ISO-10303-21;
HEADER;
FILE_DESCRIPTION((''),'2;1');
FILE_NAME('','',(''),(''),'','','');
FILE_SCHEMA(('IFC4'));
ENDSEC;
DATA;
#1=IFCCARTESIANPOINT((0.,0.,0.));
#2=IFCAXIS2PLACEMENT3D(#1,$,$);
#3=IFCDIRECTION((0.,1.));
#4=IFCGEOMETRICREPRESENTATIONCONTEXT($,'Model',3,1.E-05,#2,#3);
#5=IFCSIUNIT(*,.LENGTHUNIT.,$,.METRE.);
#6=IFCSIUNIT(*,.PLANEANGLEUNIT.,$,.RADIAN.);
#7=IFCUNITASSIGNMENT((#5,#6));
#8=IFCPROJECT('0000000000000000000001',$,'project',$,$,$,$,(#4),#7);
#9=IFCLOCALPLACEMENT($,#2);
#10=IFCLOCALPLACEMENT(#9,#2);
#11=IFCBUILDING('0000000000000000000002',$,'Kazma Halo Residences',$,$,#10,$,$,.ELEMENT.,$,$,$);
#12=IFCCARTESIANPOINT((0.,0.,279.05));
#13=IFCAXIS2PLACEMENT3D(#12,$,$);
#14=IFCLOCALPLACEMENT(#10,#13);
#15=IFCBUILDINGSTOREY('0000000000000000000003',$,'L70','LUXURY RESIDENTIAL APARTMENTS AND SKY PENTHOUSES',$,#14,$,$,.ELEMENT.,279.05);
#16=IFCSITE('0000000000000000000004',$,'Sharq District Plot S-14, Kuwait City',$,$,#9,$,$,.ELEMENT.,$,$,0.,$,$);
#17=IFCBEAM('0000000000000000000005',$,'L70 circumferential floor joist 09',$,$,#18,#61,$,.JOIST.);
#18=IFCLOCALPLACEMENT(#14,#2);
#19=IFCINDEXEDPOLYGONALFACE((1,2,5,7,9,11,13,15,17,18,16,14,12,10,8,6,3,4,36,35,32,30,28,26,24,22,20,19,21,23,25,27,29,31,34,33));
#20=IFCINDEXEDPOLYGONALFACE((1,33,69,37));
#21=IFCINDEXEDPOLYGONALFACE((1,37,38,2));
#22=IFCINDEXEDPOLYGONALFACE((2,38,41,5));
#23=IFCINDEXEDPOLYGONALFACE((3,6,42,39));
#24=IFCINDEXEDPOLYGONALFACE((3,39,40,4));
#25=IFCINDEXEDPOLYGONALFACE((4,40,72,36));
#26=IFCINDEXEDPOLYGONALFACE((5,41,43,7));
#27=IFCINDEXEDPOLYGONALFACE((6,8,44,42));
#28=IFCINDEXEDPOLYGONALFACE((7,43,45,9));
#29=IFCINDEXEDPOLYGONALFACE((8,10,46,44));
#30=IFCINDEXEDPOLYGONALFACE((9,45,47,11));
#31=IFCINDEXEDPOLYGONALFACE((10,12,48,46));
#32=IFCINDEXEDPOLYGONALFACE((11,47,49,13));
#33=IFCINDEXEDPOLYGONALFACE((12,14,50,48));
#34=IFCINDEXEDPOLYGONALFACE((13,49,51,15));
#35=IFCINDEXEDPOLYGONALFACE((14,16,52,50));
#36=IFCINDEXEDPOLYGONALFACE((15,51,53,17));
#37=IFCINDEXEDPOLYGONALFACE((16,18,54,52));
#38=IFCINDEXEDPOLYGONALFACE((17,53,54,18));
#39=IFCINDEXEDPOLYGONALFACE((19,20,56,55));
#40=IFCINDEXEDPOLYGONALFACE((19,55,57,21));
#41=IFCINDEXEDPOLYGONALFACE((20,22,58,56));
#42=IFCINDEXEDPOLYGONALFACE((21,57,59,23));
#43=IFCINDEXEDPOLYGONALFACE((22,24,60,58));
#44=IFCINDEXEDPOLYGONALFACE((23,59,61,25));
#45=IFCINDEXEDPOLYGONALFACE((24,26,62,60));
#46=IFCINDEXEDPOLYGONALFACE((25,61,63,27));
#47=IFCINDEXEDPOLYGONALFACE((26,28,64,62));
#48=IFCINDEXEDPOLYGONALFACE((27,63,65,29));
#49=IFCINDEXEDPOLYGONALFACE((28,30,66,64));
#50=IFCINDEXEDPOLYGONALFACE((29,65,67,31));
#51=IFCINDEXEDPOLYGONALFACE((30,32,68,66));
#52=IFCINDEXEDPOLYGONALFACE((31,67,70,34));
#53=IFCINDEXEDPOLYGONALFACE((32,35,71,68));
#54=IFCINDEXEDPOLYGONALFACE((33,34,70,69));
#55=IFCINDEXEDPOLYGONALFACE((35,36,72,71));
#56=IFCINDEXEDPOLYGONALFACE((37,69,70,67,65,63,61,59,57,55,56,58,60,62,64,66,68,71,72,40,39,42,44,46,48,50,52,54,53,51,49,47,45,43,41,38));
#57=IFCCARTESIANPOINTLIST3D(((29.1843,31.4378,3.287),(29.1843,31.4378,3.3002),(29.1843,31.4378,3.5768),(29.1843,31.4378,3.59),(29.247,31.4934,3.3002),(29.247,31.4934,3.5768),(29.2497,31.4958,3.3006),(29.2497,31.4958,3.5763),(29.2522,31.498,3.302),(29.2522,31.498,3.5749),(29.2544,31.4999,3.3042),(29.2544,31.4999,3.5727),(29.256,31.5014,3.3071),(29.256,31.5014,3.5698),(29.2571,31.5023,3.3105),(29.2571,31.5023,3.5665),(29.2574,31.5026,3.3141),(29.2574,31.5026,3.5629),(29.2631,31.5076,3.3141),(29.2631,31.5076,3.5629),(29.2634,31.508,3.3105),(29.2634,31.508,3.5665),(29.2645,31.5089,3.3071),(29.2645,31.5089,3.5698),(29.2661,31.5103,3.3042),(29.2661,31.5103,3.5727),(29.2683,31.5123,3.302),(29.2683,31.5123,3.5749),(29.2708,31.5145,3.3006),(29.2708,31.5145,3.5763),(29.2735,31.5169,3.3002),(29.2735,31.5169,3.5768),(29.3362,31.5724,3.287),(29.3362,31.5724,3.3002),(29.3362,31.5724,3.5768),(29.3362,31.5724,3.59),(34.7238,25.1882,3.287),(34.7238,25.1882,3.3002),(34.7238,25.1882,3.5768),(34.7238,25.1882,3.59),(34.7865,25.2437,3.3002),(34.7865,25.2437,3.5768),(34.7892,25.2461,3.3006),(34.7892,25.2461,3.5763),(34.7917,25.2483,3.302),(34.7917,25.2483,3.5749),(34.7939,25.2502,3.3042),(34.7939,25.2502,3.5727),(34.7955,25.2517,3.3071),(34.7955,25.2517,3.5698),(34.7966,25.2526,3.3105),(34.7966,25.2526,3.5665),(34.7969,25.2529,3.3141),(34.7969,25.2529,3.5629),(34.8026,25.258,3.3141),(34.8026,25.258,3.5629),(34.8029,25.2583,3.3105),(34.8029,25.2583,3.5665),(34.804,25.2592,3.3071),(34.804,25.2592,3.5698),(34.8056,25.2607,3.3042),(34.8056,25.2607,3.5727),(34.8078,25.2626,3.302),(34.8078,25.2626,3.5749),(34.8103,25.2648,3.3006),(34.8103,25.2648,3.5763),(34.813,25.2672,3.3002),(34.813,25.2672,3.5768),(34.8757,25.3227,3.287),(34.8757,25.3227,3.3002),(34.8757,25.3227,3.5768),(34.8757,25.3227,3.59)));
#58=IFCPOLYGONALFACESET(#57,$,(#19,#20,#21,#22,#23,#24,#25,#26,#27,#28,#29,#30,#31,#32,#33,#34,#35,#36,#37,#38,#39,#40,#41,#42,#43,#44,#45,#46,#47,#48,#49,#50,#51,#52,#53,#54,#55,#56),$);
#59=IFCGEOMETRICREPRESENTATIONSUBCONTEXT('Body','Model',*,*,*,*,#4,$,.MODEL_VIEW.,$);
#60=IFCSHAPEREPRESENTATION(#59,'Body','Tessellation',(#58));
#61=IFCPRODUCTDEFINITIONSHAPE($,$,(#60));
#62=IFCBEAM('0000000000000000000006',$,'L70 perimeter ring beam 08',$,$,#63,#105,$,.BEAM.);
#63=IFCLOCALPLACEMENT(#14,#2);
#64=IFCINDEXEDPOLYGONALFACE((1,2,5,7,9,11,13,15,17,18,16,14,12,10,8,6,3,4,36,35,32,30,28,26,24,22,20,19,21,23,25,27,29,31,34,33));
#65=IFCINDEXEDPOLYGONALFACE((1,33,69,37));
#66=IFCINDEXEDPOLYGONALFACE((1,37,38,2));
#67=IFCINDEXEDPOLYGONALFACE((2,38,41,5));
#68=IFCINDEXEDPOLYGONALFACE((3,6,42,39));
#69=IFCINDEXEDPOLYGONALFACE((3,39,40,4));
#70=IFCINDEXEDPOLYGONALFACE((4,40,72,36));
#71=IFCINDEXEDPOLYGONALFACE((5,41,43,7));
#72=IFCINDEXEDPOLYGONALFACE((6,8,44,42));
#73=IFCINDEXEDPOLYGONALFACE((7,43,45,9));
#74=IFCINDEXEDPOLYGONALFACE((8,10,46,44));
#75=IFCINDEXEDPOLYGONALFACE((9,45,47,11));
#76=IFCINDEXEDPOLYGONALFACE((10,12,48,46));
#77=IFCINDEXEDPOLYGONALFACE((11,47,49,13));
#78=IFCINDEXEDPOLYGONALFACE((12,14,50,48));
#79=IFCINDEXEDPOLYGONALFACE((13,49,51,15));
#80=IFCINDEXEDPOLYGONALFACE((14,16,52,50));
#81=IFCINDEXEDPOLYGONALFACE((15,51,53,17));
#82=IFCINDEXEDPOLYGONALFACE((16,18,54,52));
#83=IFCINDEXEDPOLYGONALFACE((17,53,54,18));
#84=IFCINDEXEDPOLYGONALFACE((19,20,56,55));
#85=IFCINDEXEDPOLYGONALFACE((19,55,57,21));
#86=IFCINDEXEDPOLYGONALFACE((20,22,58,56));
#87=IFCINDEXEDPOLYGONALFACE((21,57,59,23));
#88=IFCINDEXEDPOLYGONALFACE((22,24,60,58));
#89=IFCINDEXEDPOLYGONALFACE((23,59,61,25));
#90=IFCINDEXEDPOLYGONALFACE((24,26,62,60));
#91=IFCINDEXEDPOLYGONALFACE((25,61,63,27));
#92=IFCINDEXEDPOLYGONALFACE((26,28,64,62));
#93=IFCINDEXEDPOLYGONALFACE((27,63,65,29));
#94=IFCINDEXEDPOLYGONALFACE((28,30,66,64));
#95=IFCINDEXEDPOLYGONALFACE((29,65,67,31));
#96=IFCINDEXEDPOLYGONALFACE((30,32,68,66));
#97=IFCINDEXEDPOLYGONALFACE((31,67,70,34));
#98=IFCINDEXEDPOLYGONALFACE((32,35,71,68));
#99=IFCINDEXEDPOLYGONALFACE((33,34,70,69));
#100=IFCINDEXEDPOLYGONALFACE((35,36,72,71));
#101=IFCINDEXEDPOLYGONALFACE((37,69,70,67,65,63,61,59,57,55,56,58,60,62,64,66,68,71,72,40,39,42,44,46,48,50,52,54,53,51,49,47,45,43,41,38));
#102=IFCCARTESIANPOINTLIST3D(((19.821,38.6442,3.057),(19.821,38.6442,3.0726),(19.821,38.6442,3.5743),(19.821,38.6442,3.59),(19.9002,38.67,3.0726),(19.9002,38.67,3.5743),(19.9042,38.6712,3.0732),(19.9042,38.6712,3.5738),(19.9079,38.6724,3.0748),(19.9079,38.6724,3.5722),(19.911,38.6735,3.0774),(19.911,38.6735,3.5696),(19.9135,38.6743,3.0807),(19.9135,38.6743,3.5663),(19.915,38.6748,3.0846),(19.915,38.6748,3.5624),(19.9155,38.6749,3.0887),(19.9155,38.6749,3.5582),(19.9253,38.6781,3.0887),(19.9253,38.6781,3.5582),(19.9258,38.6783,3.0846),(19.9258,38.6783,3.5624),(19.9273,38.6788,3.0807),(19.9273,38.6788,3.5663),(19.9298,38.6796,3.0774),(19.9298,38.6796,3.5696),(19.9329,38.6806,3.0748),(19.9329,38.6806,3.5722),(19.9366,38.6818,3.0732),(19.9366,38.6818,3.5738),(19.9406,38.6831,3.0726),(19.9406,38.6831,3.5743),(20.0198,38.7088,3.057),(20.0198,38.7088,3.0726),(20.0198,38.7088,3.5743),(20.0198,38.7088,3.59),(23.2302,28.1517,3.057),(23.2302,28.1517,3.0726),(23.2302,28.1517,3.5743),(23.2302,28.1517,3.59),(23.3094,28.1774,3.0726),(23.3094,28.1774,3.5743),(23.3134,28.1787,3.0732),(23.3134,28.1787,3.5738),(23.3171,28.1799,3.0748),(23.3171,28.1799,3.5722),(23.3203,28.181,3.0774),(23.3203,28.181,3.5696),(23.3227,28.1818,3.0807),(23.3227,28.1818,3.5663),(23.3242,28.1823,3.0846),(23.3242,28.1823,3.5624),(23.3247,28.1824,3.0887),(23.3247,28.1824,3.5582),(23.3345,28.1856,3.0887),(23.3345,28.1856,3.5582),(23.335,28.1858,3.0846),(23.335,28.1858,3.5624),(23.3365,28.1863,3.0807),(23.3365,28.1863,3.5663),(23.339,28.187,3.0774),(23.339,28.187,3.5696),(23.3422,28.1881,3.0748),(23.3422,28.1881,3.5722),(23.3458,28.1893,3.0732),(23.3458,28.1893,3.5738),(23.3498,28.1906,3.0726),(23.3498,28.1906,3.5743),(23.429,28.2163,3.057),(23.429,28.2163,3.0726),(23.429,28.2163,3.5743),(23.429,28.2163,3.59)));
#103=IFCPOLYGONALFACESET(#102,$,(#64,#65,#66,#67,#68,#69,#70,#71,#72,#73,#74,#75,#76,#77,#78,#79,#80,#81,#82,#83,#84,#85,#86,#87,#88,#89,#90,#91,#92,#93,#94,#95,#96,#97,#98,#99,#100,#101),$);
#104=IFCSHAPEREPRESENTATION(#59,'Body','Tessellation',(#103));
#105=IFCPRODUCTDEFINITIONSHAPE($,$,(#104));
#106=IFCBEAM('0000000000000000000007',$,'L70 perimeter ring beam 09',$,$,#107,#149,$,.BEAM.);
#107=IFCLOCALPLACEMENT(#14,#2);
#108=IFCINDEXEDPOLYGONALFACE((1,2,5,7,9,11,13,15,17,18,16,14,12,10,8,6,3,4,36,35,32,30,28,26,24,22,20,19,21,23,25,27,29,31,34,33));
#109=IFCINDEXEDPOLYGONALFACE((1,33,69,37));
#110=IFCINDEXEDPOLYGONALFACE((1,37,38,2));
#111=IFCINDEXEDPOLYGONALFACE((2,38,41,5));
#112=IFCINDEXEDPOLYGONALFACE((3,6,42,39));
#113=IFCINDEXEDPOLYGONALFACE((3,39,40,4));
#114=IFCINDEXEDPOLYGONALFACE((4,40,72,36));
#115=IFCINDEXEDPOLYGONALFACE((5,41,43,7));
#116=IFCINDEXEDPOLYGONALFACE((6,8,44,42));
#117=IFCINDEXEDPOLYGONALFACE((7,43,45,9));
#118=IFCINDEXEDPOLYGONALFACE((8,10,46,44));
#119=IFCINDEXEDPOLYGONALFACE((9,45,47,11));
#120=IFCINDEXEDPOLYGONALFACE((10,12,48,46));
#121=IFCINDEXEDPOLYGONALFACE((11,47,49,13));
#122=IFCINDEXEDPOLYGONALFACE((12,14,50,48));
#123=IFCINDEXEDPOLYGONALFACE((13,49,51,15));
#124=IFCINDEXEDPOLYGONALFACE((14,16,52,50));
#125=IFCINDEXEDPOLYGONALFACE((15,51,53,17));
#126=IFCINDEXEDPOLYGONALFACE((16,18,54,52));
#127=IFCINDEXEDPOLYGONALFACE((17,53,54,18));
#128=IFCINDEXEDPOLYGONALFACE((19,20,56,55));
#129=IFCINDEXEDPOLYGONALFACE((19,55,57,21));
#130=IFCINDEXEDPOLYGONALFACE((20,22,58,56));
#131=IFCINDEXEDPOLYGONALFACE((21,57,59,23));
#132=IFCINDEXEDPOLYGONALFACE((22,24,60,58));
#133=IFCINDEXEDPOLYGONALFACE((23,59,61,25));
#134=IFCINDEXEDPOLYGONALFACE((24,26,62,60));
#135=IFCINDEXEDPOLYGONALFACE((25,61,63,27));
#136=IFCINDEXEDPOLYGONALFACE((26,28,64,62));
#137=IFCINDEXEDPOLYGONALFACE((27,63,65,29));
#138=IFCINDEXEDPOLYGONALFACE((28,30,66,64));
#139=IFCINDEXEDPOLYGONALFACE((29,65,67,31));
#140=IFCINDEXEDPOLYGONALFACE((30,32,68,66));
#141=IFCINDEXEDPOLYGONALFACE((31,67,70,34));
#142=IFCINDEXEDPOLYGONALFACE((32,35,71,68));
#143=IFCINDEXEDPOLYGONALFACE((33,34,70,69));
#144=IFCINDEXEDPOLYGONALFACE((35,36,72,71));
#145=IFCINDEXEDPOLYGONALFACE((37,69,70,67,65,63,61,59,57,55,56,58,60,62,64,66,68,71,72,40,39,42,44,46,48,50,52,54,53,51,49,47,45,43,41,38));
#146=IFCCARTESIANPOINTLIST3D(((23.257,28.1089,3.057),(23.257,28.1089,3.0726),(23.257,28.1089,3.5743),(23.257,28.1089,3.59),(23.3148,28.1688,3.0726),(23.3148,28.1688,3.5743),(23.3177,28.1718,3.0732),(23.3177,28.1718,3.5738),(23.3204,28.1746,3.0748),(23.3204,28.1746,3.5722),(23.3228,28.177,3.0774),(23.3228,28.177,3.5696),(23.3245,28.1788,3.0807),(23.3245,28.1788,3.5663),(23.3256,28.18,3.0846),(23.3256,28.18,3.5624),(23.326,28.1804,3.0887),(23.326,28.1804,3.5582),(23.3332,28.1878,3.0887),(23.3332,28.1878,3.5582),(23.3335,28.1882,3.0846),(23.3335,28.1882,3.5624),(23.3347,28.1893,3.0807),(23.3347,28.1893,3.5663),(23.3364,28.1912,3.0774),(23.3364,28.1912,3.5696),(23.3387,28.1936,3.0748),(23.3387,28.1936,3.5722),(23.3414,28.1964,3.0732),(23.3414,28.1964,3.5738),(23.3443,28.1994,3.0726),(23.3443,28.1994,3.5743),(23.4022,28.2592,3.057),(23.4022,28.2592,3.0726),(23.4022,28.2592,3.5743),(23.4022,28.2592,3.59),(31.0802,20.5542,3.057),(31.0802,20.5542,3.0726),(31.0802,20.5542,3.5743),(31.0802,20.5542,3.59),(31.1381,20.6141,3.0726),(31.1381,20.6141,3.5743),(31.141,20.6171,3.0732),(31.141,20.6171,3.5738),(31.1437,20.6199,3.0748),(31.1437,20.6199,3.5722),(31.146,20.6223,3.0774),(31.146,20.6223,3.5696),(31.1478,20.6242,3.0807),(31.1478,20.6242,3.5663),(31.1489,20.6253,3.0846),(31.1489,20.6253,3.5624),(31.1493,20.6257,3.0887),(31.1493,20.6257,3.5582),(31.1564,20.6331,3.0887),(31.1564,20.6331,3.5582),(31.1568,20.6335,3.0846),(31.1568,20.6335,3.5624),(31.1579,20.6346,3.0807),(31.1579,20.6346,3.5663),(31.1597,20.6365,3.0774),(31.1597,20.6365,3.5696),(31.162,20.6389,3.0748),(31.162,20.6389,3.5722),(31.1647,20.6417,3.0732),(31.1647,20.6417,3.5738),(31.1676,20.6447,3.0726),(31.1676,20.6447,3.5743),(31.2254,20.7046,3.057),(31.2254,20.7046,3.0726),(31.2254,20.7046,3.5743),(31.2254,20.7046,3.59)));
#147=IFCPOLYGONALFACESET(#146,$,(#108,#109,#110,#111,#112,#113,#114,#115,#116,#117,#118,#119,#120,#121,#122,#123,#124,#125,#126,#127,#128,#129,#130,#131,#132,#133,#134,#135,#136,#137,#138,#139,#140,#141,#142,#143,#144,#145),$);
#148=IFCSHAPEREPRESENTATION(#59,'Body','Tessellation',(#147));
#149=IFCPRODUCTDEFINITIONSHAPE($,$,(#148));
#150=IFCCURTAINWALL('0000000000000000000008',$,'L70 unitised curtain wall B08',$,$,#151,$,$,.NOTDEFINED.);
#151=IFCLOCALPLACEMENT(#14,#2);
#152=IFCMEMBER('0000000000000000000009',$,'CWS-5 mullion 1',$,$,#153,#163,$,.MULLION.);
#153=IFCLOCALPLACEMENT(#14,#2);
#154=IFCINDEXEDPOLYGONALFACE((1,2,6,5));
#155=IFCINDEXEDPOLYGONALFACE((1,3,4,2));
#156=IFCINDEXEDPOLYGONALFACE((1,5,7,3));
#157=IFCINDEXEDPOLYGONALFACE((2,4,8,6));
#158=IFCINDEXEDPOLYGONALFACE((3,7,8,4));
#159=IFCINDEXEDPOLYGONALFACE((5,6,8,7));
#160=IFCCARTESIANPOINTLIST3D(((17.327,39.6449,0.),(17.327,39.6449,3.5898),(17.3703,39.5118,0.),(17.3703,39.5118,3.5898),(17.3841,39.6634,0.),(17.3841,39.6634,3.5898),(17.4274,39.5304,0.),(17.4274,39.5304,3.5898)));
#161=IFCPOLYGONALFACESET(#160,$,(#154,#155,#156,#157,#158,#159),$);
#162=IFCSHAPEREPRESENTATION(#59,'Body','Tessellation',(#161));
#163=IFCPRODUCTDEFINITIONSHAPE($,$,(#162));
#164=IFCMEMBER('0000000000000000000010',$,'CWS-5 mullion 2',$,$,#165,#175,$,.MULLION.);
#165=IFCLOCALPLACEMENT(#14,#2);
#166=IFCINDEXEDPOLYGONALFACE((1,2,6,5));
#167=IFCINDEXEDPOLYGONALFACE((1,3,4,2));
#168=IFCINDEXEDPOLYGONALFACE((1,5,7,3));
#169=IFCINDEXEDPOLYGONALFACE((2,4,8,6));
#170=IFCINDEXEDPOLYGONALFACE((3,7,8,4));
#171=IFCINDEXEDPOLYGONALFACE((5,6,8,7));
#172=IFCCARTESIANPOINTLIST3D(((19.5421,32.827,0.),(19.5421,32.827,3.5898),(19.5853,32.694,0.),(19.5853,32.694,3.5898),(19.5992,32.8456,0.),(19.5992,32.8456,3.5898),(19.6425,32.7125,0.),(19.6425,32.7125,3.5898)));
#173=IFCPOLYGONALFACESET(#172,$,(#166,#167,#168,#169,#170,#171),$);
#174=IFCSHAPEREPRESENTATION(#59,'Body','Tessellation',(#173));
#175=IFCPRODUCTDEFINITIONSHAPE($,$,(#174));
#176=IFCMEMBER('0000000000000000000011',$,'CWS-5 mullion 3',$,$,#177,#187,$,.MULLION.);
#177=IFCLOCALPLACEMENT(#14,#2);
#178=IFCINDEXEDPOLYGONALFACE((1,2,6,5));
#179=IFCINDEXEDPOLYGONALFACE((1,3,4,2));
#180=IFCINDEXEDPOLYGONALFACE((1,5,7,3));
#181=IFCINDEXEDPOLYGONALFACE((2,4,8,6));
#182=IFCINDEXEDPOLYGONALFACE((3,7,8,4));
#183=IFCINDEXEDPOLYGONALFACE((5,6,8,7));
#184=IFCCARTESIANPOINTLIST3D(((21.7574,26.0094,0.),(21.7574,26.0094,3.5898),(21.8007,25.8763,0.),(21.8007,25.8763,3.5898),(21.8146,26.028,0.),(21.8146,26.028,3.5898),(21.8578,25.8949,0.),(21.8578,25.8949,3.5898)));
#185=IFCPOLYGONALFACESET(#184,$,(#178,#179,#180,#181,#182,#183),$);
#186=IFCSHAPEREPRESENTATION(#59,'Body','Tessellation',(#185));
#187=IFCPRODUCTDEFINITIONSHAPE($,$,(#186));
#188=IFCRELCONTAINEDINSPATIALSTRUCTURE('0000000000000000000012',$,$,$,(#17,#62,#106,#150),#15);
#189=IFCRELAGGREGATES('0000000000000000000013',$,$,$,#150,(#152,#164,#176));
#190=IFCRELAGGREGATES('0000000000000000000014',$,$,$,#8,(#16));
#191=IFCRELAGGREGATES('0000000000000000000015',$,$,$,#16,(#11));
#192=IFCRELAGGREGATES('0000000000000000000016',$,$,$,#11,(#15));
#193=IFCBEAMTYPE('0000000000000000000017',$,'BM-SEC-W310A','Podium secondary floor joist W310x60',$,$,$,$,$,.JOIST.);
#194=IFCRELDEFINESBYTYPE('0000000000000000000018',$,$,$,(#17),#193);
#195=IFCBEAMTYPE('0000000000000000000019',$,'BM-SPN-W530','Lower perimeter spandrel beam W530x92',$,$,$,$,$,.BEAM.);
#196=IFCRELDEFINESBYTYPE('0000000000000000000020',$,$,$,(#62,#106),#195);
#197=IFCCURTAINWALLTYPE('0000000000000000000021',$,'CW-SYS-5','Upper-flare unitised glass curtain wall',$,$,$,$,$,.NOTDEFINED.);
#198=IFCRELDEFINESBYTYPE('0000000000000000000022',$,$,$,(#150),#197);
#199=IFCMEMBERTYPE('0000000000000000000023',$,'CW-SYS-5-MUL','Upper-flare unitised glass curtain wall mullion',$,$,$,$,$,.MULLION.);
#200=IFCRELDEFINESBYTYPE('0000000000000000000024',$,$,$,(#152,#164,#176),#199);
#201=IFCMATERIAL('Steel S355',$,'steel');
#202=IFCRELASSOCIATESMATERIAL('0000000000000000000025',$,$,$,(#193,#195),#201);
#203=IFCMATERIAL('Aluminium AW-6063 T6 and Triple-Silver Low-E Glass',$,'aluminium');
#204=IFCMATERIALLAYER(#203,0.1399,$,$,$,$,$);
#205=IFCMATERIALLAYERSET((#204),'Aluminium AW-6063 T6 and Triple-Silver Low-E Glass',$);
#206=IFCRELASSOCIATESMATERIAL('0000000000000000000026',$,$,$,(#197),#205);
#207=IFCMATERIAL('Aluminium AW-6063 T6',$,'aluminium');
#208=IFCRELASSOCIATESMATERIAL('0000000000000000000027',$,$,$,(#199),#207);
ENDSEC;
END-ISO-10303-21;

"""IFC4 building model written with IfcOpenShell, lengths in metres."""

from ifc_helpers import new_model, si_unit, direction, frame, origin, origin_2d, place, context, subcontext, project, spatial, rectangle, i_section, extrude, material, layer, layer_set, material_profile, profile_set, type_object, element, aggregate, save


model = new_model("IFC4")

# Units and contexts
model_context = context("Model", 3, precision=1e-05, world=origin(), true_north=direction((0.0, 1.0)))
body_context = subcontext(model_context, "Body", "Model", "MODEL_VIEW")
ifc_project = project(units=[si_unit("LENGTHUNIT", "METRE"), si_unit("PLANEANGLEUNIT", "RADIAN")], contexts=[model_context])

# Site, building, storey
site_placement = place(None, origin())
site = spatial("IfcSite", under=ifc_project, at=site_placement, Name="Sharq District Plot S-14, Kuwait City", CompositionType="ELEMENT", RefElevation=0.0)
building_placement = place(site_placement, origin())
building = spatial("IfcBuilding", under=site, at=building_placement, Name="Kazma Halo Residences", CompositionType="ELEMENT")
storey_placement = place(building_placement, frame((0.0, 0.0, 279.05)))
storey = spatial("IfcBuildingStorey", under=building, at=storey_placement, Name="L70", Description="LUXURY RESIDENTIAL APARTMENTS AND SKY PENTHOUSES", CompositionType="ELEMENT", Elevation=279.05)

# Beams
ifc_material_1 = material(Name="Steel S355", Category="steel")
ifc_material_profile_1 = material_profile(ifc_material_1, i_section(OverallWidth=0.2029, OverallDepth=0.303, WebThickness=0.0076, FlangeThickness=0.0132, FilletRadius=0.0139, at=origin_2d()), Name="W310x60")
ifc_profile_set_1 = profile_set([ifc_material_profile_1], Name="Steel S355")
beam_type_1 = type_object("IfcBeamType", Name="BM-SEC-W310A", Description="Podium secondary floor joist W310x60", PredefinedType="JOIST", material=ifc_profile_set_1)
beam_1_placement = place(storey_placement, frame((29.2603, 31.5051, 3.4385), z_axis=(0.663307, -0.748347, 0.0), x_axis=(0.748347, 0.663307, 0.0)))
element("IfcBeam", 1, at=beam_1_placement, inside=storey, type_object=beam_type_1, Name="L70 circumferential floor joist 09", PredefinedType="JOIST", context=body_context, shape_type="SweptSolid", body=[
    extrude(i_section(OverallWidth=0.2029, OverallDepth=0.303, WebThickness=0.0076, FlangeThickness=0.0132, FilletRadius=0.0139, at=origin_2d()), origin(), (0.0, 0.0, 1.0), 8.3513),
])
ifc_material_profile_2 = material_profile(ifc_material_1, i_section(OverallWidth=0.209, OverallDepth=0.533, WebThickness=0.0103, FlangeThickness=0.0156, FilletRadius=0.0161, at=origin_2d()), Name="W530x92")
ifc_profile_set_2 = profile_set([ifc_material_profile_2], Name="Steel S355")
beam_type_2 = type_object("IfcBeamType", Name="BM-SPN-W530", Description="Lower perimeter spandrel beam W530x92", PredefinedType="BEAM", material=ifc_profile_set_2)
beam_2_placement = place(storey_placement, frame((19.9204, 38.6765, 3.3235), z_axis=(0.309016, -0.951057, 0.0), x_axis=(0.951057, 0.309016, 0.0)))
element("IfcBeam", 2, at=beam_2_placement, inside=storey, type_object=beam_type_2, Name="L70 perimeter ring beam 08", PredefinedType="BEAM", context=body_context, shape_type="SweptSolid", body=[
    extrude(i_section(OverallWidth=0.209, OverallDepth=0.533, WebThickness=0.0103, FlangeThickness=0.0156, FilletRadius=0.0161, at=origin_2d()), origin(), (0.0, 0.0, 1.0), 11.0325),
])
beam_3_placement = place(storey_placement, frame((23.3296, 28.1841, 3.3235), z_axis=(0.719346, -0.694652, 0.0), x_axis=(0.694652, 0.719346, 0.0)))
element("IfcBeam", 3, at=beam_3_placement, inside=storey, type_object=beam_type_2, Name="L70 perimeter ring beam 09", PredefinedType="BEAM", context=body_context, shape_type="SweptSolid", body=[
    extrude(i_section(OverallWidth=0.209, OverallDepth=0.533, WebThickness=0.0103, FlangeThickness=0.0156, FilletRadius=0.0161, at=origin_2d()), origin(), (0.0, 0.0, 1.0), 10.8755),
])

# Curtain wall, members
ifc_material_2 = material(Name="Aluminium AW-6063 T6 and Triple-Silver Low-E Glass", Category="aluminium")
ifc_layer_1 = layer(ifc_material_2, 0.1399)
ifc_layer_set_1 = layer_set([ifc_layer_1], Name="Aluminium AW-6063 T6 and Triple-Silver Low-E Glass")
curtain_wall_type = type_object("IfcCurtainWallType", Name="CW-SYS-5", Description="Upper-flare unitised glass curtain wall", PredefinedType="NOTDEFINED", material=ifc_layer_set_1)
curtain_wall_1_placement = place(storey_placement, origin())
curtain_wall_1 = element("IfcCurtainWall", 4, at=curtain_wall_1_placement, inside=storey, type_object=curtain_wall_type, Name="L70 unitised curtain wall B08", PredefinedType="NOTDEFINED")
ifc_material_3 = material(Name="Aluminium AW-6063 T6", Category="aluminium")
ifc_material_profile_3 = material_profile(ifc_material_3, rectangle(XDim=0.0601, YDim=0.1399, at=origin_2d()), Name="CWM-60x140")
ifc_profile_set_3 = profile_set([ifc_material_profile_3], Name="Aluminium AW-6063 T6")
member_type_1 = type_object("IfcMemberType", Name="CW-SYS-5-MUL", Description="Upper-flare unitised glass curtain wall mullion", PredefinedType="MULLION", material=ifc_profile_set_3)
member_1_placement = place(storey_placement, frame((17.3772, 39.5876, 0.0), z_axis=(0.0, 0.0, 1.0), x_axis=(0.951058, 0.309011, 0.0)))
member_1 = element("IfcMember", 5, at=member_1_placement, type_object=member_type_1, Name="CWS-5 mullion 1", PredefinedType="MULLION", context=body_context, shape_type="SweptSolid", body=[
    extrude(rectangle(XDim=0.0601, YDim=0.1399, at=origin_2d()), origin(), (0.0, 0.0, 1.0), 3.5898),
])
member_2_placement = place(storey_placement, frame((19.5923, 32.7698, 0.0), z_axis=(0.0, 0.0, 1.0), x_axis=(0.951058, 0.309011, 0.0)))
member_2 = element("IfcMember", 6, at=member_2_placement, type_object=member_type_1, Name="CWS-5 mullion 2", PredefinedType="MULLION", context=body_context, shape_type="SweptSolid", body=[
    extrude(rectangle(XDim=0.0601, YDim=0.1399, at=origin_2d()), origin(), (0.0, 0.0, 1.0), 3.5898),
])
member_3_placement = place(storey_placement, frame((21.8076, 25.9521, 0.0), z_axis=(0.0, 0.0, 1.0), x_axis=(0.951058, 0.309011, 0.0)))
member_3 = element("IfcMember", 7, at=member_3_placement, type_object=member_type_1, Name="CWS-5 mullion 3", PredefinedType="MULLION", context=body_context, shape_type="SweptSolid", body=[
    extrude(rectangle(XDim=0.0601, YDim=0.1399, at=origin_2d()), origin(), (0.0, 0.0, 1.0), 3.5898),
])

aggregate(curtain_wall_1, [member_1, member_2, member_3])

save(model, "model.ifc")
